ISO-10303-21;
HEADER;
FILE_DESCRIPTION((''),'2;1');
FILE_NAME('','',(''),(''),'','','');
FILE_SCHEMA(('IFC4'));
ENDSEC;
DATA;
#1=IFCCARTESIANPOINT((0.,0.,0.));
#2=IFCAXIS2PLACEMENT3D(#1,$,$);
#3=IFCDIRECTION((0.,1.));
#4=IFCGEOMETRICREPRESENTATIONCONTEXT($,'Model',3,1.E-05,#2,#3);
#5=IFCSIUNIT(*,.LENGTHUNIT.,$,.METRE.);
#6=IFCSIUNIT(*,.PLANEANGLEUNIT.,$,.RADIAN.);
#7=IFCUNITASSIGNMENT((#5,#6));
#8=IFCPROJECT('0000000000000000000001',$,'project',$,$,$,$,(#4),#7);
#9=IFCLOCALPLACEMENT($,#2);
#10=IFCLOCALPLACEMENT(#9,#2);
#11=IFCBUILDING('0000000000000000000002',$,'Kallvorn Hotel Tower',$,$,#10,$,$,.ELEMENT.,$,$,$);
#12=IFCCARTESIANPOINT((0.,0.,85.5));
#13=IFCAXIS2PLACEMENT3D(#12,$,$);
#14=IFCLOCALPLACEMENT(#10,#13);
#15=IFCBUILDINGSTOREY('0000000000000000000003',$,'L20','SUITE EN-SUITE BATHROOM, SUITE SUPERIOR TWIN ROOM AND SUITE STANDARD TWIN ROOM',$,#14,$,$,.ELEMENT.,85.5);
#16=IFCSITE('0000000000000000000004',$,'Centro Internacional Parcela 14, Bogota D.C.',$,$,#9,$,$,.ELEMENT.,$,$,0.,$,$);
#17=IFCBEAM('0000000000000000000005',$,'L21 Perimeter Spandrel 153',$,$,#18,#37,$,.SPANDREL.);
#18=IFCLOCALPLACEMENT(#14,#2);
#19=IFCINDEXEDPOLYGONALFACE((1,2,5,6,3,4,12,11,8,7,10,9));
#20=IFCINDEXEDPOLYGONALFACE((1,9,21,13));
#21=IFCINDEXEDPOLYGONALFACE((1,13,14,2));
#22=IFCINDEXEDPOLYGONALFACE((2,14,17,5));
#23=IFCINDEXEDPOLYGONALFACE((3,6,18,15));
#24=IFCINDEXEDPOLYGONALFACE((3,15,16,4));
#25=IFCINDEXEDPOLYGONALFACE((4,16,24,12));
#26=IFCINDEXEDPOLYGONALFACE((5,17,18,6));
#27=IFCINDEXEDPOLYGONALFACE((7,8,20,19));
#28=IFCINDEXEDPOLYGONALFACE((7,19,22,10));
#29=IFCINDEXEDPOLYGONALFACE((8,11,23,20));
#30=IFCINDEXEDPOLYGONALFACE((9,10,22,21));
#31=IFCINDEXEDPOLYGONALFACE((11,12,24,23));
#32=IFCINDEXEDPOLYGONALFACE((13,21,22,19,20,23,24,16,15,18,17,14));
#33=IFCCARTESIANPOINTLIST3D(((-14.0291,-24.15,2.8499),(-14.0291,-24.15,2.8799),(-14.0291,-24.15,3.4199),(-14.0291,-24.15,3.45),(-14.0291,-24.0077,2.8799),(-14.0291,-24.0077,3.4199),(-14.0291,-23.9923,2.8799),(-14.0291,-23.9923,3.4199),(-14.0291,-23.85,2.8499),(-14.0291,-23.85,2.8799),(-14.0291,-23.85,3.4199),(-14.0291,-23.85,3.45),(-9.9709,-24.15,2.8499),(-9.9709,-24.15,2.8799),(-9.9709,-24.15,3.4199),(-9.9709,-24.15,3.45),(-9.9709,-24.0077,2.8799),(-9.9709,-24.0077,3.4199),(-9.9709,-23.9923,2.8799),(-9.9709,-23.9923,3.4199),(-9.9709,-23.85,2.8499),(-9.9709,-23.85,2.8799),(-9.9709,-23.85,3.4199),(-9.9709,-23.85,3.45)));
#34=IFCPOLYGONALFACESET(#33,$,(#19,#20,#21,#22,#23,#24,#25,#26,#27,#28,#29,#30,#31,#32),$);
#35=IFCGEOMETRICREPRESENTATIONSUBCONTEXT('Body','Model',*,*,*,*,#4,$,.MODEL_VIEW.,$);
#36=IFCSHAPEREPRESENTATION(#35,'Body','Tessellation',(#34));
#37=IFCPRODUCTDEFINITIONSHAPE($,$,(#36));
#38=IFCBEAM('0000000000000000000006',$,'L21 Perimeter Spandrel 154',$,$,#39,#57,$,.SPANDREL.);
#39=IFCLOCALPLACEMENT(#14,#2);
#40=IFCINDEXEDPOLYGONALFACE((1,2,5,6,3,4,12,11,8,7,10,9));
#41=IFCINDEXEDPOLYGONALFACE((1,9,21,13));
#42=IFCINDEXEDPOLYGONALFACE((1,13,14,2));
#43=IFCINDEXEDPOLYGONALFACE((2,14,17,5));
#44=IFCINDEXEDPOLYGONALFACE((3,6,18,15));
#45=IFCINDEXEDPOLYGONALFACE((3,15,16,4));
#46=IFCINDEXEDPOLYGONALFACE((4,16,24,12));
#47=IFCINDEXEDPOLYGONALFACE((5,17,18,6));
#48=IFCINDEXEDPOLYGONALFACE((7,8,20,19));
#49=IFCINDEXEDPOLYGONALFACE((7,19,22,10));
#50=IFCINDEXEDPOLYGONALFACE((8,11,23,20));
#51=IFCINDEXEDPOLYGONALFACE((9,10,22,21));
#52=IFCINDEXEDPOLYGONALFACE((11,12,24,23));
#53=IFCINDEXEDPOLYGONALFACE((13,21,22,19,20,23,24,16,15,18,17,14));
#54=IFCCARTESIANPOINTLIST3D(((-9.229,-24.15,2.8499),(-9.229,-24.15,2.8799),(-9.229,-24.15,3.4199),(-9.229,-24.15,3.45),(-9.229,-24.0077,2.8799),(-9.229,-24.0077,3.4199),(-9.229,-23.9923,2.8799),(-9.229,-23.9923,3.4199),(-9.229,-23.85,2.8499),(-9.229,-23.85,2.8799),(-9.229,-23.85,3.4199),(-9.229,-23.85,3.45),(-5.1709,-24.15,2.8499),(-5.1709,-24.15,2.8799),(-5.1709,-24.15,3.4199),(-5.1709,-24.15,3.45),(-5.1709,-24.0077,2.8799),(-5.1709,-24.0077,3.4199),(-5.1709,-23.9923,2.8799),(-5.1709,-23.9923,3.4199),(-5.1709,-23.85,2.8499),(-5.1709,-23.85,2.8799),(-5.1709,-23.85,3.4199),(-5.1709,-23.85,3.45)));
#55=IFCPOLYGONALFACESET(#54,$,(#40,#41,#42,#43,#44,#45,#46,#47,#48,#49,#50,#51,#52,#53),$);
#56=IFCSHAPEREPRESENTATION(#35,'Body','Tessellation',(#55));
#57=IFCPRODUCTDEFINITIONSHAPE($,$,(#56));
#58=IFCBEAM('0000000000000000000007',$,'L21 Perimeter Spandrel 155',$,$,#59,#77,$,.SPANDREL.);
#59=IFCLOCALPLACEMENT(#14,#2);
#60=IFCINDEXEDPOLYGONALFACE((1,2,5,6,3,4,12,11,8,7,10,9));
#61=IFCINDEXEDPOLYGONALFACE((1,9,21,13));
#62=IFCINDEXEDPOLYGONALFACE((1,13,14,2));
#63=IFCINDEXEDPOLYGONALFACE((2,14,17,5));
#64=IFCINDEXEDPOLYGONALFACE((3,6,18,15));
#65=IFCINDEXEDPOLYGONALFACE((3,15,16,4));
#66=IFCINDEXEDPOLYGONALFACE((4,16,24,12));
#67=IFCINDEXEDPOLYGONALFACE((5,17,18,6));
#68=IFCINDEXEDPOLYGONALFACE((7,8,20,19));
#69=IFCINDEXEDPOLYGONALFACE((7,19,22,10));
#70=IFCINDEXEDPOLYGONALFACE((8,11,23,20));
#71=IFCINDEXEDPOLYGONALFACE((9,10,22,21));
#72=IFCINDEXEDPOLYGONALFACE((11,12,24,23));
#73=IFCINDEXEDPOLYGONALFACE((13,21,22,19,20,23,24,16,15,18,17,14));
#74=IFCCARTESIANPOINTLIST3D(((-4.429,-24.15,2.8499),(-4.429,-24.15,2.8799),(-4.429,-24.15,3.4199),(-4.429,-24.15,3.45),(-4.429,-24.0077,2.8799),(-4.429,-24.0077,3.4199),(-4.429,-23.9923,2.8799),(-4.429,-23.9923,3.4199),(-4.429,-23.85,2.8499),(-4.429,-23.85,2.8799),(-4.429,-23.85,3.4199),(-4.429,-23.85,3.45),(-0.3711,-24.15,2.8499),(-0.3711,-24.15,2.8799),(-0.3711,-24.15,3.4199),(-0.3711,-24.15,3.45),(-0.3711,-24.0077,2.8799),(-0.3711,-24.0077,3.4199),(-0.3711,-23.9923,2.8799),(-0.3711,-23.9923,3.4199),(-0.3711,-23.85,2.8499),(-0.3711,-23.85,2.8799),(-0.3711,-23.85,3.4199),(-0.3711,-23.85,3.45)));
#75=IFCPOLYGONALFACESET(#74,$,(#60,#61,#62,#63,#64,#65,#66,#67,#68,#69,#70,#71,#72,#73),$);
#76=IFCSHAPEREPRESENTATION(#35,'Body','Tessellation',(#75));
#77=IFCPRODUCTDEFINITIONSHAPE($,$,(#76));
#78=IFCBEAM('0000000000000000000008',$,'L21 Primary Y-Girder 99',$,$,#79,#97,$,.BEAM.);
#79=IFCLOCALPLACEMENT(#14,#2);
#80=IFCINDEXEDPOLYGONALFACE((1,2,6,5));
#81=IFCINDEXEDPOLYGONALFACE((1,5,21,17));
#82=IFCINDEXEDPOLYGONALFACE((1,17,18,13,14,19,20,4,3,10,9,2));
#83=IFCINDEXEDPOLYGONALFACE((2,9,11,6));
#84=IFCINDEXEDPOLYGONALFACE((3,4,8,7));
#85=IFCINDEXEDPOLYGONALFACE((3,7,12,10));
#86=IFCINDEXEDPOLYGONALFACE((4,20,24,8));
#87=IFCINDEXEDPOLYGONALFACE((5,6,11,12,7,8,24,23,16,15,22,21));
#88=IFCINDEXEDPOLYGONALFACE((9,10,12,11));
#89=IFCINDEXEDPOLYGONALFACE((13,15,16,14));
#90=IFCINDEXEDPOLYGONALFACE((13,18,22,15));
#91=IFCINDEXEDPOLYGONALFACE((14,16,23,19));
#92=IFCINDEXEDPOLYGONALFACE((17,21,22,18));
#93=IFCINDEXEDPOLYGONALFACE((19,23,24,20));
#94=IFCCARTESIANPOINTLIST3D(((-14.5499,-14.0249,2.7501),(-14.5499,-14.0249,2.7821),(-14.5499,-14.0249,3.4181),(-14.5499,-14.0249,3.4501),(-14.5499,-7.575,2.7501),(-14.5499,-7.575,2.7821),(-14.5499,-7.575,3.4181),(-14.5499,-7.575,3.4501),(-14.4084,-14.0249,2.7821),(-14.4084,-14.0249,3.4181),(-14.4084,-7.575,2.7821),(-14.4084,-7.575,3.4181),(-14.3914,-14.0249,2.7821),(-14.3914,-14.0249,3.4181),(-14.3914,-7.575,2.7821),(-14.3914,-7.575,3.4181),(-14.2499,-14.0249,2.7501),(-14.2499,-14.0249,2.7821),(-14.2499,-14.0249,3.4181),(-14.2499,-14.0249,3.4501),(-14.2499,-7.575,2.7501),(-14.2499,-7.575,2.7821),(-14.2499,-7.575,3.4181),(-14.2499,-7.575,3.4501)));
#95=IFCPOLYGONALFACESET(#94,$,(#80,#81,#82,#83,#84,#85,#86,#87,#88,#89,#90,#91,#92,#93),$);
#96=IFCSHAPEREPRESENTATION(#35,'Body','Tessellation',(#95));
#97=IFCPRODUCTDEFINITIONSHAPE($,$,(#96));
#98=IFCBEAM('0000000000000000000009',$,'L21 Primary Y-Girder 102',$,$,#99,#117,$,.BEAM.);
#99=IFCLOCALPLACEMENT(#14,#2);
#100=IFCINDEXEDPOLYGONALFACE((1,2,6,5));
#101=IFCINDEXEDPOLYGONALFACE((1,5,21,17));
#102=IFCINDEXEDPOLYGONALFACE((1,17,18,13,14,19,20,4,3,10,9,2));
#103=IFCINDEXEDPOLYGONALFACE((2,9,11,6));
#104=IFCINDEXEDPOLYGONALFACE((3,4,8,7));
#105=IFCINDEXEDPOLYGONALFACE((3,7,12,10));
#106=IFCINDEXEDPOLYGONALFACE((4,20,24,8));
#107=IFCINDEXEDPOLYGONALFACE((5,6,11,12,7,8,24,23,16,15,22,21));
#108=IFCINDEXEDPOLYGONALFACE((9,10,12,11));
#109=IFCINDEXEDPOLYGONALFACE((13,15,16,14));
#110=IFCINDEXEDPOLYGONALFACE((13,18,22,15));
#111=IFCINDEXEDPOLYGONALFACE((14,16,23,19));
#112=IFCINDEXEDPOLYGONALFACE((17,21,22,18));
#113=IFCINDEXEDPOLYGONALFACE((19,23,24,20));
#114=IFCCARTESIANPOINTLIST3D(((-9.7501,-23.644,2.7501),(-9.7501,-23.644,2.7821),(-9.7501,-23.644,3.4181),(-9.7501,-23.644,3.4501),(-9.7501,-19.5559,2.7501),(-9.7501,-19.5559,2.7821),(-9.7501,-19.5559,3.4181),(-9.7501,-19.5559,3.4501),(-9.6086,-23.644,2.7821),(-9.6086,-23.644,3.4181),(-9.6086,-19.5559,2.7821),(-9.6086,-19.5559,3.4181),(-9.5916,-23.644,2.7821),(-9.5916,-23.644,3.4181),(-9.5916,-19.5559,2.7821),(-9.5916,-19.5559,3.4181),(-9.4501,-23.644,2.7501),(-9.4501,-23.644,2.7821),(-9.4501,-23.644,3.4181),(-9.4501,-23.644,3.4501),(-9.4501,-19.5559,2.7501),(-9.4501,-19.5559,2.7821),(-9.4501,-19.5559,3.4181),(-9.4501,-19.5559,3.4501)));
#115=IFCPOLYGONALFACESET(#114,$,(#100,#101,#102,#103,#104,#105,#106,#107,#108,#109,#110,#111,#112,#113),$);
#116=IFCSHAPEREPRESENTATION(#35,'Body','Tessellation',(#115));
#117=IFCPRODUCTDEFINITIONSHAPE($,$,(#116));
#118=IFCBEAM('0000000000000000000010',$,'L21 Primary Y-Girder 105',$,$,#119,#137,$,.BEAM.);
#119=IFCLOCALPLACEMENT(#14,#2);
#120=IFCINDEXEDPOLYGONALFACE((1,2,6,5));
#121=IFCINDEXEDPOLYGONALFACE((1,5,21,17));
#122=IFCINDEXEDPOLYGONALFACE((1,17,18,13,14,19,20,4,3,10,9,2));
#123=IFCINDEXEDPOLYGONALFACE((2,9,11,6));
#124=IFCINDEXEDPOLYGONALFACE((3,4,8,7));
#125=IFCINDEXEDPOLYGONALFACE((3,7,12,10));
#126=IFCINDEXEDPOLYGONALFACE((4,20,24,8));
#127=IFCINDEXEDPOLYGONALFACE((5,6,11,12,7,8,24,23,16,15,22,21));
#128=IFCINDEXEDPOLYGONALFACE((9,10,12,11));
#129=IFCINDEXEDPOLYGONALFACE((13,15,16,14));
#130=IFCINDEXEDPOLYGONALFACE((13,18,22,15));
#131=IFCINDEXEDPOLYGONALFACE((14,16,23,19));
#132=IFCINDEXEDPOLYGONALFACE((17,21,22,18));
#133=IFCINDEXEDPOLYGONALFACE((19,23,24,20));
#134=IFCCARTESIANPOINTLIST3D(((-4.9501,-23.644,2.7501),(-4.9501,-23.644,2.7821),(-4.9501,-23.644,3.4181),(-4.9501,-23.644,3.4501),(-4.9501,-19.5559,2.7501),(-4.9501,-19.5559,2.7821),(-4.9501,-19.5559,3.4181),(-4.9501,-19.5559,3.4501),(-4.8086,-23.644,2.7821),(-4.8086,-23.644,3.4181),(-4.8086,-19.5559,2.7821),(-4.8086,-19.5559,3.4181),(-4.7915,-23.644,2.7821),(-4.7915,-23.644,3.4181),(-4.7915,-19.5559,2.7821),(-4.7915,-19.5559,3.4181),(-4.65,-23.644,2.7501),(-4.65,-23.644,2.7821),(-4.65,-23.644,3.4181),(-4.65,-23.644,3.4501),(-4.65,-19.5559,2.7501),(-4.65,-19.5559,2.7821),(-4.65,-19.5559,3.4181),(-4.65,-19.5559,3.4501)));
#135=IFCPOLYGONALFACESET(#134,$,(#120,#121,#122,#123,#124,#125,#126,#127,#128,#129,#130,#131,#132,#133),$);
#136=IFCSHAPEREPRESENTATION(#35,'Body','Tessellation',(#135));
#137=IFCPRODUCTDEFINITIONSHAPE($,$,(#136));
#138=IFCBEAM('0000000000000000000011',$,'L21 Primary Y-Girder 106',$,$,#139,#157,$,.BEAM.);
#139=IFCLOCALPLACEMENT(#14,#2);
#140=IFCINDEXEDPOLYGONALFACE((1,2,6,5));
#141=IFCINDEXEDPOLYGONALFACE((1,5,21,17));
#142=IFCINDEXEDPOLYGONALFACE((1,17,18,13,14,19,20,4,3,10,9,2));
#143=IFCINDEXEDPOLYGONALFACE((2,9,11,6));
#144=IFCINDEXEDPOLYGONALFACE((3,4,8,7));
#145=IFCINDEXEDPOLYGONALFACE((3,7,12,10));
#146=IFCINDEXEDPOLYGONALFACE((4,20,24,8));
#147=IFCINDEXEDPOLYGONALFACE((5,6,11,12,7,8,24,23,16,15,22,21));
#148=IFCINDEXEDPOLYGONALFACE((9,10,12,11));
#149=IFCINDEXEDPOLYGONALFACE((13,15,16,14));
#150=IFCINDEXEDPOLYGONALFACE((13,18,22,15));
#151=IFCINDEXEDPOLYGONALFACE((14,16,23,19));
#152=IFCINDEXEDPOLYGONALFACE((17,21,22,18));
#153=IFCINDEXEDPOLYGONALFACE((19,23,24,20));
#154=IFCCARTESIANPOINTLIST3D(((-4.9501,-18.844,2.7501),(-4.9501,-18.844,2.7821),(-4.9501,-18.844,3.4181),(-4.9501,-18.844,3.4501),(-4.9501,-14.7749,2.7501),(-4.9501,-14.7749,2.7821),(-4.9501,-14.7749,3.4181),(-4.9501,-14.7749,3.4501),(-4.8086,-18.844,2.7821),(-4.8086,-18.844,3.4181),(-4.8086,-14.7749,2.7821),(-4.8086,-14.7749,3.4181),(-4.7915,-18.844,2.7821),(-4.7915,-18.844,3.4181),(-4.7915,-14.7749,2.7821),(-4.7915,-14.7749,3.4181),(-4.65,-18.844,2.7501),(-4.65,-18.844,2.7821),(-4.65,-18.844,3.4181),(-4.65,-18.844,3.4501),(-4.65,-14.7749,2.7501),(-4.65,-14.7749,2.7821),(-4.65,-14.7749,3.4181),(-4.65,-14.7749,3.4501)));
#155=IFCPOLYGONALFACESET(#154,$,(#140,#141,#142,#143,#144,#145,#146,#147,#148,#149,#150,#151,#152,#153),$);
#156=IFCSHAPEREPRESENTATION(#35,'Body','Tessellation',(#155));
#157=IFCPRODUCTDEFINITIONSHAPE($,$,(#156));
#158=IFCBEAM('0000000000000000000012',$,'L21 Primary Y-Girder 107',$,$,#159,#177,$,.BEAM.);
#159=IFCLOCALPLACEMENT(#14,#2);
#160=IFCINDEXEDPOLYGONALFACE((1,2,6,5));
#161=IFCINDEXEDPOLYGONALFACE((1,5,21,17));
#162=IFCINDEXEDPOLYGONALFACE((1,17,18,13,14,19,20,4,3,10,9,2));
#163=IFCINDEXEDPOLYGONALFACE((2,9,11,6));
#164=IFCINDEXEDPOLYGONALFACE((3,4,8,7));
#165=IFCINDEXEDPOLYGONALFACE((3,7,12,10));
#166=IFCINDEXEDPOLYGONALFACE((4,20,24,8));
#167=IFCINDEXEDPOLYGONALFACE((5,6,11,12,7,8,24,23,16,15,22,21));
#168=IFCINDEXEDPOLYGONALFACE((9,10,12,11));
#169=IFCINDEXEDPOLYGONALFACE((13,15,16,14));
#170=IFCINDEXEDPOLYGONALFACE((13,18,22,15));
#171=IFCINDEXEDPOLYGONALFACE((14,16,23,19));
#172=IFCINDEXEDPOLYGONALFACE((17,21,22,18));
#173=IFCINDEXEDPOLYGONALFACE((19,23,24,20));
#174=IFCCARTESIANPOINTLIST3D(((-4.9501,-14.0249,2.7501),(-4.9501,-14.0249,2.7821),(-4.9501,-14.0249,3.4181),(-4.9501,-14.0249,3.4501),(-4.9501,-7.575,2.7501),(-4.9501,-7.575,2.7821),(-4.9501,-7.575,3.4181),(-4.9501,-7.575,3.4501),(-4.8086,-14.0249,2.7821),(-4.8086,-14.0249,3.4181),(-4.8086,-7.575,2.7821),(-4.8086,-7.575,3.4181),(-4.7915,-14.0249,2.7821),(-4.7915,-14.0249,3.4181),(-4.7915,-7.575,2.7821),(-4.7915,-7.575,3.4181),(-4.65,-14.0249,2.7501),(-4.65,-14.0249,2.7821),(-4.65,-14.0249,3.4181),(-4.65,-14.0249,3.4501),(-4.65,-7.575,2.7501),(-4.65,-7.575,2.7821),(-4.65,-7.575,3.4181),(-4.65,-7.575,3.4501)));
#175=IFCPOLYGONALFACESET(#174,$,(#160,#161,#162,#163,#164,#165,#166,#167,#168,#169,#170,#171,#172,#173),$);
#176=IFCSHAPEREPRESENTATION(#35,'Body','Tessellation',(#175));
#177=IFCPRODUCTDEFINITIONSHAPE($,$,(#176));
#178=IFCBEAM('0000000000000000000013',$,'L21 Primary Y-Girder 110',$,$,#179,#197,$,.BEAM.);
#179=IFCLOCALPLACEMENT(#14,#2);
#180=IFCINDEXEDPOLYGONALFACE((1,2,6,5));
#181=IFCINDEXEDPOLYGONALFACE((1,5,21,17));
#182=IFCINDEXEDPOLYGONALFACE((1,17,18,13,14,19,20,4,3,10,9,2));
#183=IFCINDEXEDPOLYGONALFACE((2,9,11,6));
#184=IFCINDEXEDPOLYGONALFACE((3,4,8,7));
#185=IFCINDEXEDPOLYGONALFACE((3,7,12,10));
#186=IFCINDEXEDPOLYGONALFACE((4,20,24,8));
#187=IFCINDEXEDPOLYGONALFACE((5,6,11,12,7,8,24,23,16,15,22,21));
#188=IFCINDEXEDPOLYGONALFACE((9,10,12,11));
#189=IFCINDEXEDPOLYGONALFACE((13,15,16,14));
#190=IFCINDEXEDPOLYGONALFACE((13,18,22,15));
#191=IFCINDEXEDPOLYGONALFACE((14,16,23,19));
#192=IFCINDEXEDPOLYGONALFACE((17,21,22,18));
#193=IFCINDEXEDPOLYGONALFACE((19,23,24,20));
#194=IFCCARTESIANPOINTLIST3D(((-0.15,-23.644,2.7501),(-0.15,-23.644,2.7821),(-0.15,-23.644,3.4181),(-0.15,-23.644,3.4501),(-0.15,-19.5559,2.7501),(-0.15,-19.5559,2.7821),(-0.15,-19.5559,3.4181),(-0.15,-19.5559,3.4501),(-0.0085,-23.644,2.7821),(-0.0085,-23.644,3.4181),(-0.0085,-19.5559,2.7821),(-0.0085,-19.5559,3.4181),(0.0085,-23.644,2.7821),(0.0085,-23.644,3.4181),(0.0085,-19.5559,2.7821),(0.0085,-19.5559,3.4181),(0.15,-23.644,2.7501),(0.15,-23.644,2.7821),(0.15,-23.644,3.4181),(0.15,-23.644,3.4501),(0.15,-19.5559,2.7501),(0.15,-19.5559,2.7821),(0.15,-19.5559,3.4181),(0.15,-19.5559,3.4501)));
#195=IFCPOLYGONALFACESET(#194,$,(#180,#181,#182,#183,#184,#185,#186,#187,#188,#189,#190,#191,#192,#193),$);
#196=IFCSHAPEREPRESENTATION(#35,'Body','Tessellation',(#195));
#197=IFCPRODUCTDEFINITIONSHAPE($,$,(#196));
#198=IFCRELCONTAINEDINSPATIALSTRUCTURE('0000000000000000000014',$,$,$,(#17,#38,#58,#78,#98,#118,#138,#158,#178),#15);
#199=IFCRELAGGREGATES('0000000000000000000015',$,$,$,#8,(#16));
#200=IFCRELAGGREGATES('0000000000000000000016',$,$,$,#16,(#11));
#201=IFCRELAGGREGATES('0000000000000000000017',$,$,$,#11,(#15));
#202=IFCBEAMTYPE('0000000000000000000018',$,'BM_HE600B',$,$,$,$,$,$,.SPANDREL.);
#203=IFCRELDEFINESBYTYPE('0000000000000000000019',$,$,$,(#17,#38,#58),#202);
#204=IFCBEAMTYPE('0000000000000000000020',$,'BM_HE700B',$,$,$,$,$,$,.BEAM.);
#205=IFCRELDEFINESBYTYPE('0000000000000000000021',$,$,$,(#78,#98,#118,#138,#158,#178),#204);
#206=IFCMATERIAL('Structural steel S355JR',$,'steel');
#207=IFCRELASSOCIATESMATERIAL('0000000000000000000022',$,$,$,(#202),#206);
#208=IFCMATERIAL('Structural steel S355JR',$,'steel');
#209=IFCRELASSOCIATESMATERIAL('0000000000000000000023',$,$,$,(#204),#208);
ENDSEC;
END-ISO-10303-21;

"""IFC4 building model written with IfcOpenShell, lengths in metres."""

from ifc_helpers import new_model, si_unit, direction, frame, origin, origin_2d, place, context, subcontext, project, spatial, i_section, extrude, material, material_profile, profile_set, type_object, element, save


model = new_model("IFC4")

# Units and contexts
model_context = context("Model", 3, precision=1e-05, world=origin(), true_north=direction((0.0, 1.0)))
body_context = subcontext(model_context, "Body", "Model", "MODEL_VIEW")
ifc_project = project(units=[si_unit("LENGTHUNIT", "METRE"), si_unit("PLANEANGLEUNIT", "RADIAN")], contexts=[model_context])

# Site, building, storey
site_placement = place(None, origin())
site = spatial("IfcSite", under=ifc_project, at=site_placement, Name="Centro Internacional Parcela 14, Bogota D.C.", CompositionType="ELEMENT", RefElevation=0.0)
building_placement = place(site_placement, origin())
building = spatial("IfcBuilding", under=site, at=building_placement, Name="Kallvorn Hotel Tower", CompositionType="ELEMENT")
storey_placement = place(building_placement, frame((0.0, 0.0, 85.5)))
storey = spatial("IfcBuildingStorey", under=building, at=storey_placement, Name="L20", Description="SUITE EN-SUITE BATHROOM, SUITE SUPERIOR TWIN ROOM AND SUITE STANDARD TWIN ROOM", CompositionType="ELEMENT", Elevation=85.5)

# Beams
ifc_material_1 = material(Name="Structural steel S355JR", Category="steel")
ifc_material_profile_1 = material_profile(ifc_material_1, i_section(OverallWidth=0.3, OverallDepth=0.6001, WebThickness=0.0154, FlangeThickness=0.03, at=origin_2d()), Name="HE 600 B")
ifc_profile_set_1 = profile_set([ifc_material_profile_1], Name="Structural steel S355JR")
beam_type_1 = type_object("IfcBeamType", Name="BM_HE600B", PredefinedType="SPANDREL", material=ifc_profile_set_1)
for number, where, z_axis, x_axis, name in (
    (1, (-14.0291, -24.0, 3.1499), (1.0, 0.0, 0.0), (0.0, 1.0, 0.0), "L21 Perimeter Spandrel 153"),
    (2, (-9.229, -24.0, 3.1499), (1.0, 0.0, 0.0), (0.0, 1.0, 0.0), "L21 Perimeter Spandrel 154"),
):
    element("IfcBeam", number, at=place(storey_placement, frame(where, z_axis=z_axis, x_axis=x_axis)), inside=storey, type_object=beam_type_1, Name=name, PredefinedType="SPANDREL", context=body_context, shape_type="SweptSolid", body=[
        extrude(i_section(OverallWidth=0.3, OverallDepth=0.6001, WebThickness=0.0154, FlangeThickness=0.03, at=origin_2d()), origin(), (0.0, 0.0, 1.0), 4.0581),
    ])
beam_1_placement = place(storey_placement, frame((-4.429, -24.0, 3.1499), z_axis=(1.0, 0.0, 0.0), x_axis=(0.0, 1.0, 0.0)))
element("IfcBeam", 3, at=beam_1_placement, inside=storey, type_object=beam_type_1, Name="L21 Perimeter Spandrel 155", PredefinedType="SPANDREL", context=body_context, shape_type="SweptSolid", body=[
    extrude(i_section(OverallWidth=0.3, OverallDepth=0.6001, WebThickness=0.0154, FlangeThickness=0.03, at=origin_2d()), origin(), (0.0, 0.0, 1.0), 4.0579),
])
ifc_material_2 = material(Name="Structural steel S355JR", Category="steel")
ifc_material_profile_2 = material_profile(ifc_material_2, i_section(OverallWidth=0.3, OverallDepth=0.7, WebThickness=0.0171, FlangeThickness=0.032, at=origin_2d()), Name="HE 700 B")
ifc_profile_set_2 = profile_set([ifc_material_profile_2], Name="Structural steel S355JR")
beam_type_2 = type_object("IfcBeamType", Name="BM_HE700B", PredefinedType="BEAM", material=ifc_profile_set_2)
beam_2_placement = place(storey_placement, frame((-14.3999, -14.0249, 3.1001), z_axis=(0.0, 1.0, 0.0), x_axis=(-1.0, 0.0, 0.0)))
element("IfcBeam", 4, at=beam_2_placement, inside=storey, type_object=beam_type_2, Name="L21 Primary Y-Girder 99", PredefinedType="BEAM", context=body_context, shape_type="SweptSolid", body=[
    extrude(i_section(OverallWidth=0.3, OverallDepth=0.7, WebThickness=0.0171, FlangeThickness=0.032, at=origin_2d()), origin(), (0.0, 0.0, 1.0), 6.45),
])
for number, where, z_axis, x_axis, name in (
    (5, (-9.6001, -23.644, 3.1001), (0.0, 1.0, 0.0), (-1.0, 0.0, 0.0), "L21 Primary Y-Girder 102"),
    (6, (-4.8, -23.644, 3.1001), (0.0, 1.0, 0.0), (-1.0, 0.0, 0.0), "L21 Primary Y-Girder 105"),
):
    element("IfcBeam", number, at=place(storey_placement, frame(where, z_axis=z_axis, x_axis=x_axis)), inside=storey, type_object=beam_type_2, Name=name, PredefinedType="BEAM", context=body_context, shape_type="SweptSolid", body=[
        extrude(i_section(OverallWidth=0.3, OverallDepth=0.7, WebThickness=0.0171, FlangeThickness=0.032, at=origin_2d()), origin(), (0.0, 0.0, 1.0), 4.0881),
    ])
beam_3_placement = place(storey_placement, frame((-4.8, -18.844, 3.1001), z_axis=(0.0, 1.0, 0.0), x_axis=(-1.0, 0.0, 0.0)))
element("IfcBeam", 7, at=beam_3_placement, inside=storey, type_object=beam_type_2, Name="L21 Primary Y-Girder 106", PredefinedType="BEAM", context=body_context, shape_type="SweptSolid", body=[
    extrude(i_section(OverallWidth=0.3, OverallDepth=0.7, WebThickness=0.0171, FlangeThickness=0.032, at=origin_2d()), origin(), (0.0, 0.0, 1.0), 4.0691),
])
beam_4_placement = place(storey_placement, frame((-4.8, -14.0249, 3.1001), z_axis=(0.0, 1.0, 0.0), x_axis=(-1.0, 0.0, 0.0)))
element("IfcBeam", 8, at=beam_4_placement, inside=storey, type_object=beam_type_2, Name="L21 Primary Y-Girder 107", PredefinedType="BEAM", context=body_context, shape_type="SweptSolid", body=[
    extrude(i_section(OverallWidth=0.3, OverallDepth=0.7, WebThickness=0.0171, FlangeThickness=0.032, at=origin_2d()), origin(), (0.0, 0.0, 1.0), 6.45),
])
beam_5_placement = place(storey_placement, frame((0.0, -23.644, 3.1001), z_axis=(0.0, 1.0, 0.0), x_axis=(-1.0, 0.0, 0.0)))
element("IfcBeam", 9, at=beam_5_placement, inside=storey, type_object=beam_type_2, Name="L21 Primary Y-Girder 110", PredefinedType="BEAM", context=body_context, shape_type="SweptSolid", body=[
    extrude(i_section(OverallWidth=0.3, OverallDepth=0.7, WebThickness=0.0171, FlangeThickness=0.032, at=origin_2d()), origin(), (0.0, 0.0, 1.0), 4.0881),
])

save(model, "model.ifc")
